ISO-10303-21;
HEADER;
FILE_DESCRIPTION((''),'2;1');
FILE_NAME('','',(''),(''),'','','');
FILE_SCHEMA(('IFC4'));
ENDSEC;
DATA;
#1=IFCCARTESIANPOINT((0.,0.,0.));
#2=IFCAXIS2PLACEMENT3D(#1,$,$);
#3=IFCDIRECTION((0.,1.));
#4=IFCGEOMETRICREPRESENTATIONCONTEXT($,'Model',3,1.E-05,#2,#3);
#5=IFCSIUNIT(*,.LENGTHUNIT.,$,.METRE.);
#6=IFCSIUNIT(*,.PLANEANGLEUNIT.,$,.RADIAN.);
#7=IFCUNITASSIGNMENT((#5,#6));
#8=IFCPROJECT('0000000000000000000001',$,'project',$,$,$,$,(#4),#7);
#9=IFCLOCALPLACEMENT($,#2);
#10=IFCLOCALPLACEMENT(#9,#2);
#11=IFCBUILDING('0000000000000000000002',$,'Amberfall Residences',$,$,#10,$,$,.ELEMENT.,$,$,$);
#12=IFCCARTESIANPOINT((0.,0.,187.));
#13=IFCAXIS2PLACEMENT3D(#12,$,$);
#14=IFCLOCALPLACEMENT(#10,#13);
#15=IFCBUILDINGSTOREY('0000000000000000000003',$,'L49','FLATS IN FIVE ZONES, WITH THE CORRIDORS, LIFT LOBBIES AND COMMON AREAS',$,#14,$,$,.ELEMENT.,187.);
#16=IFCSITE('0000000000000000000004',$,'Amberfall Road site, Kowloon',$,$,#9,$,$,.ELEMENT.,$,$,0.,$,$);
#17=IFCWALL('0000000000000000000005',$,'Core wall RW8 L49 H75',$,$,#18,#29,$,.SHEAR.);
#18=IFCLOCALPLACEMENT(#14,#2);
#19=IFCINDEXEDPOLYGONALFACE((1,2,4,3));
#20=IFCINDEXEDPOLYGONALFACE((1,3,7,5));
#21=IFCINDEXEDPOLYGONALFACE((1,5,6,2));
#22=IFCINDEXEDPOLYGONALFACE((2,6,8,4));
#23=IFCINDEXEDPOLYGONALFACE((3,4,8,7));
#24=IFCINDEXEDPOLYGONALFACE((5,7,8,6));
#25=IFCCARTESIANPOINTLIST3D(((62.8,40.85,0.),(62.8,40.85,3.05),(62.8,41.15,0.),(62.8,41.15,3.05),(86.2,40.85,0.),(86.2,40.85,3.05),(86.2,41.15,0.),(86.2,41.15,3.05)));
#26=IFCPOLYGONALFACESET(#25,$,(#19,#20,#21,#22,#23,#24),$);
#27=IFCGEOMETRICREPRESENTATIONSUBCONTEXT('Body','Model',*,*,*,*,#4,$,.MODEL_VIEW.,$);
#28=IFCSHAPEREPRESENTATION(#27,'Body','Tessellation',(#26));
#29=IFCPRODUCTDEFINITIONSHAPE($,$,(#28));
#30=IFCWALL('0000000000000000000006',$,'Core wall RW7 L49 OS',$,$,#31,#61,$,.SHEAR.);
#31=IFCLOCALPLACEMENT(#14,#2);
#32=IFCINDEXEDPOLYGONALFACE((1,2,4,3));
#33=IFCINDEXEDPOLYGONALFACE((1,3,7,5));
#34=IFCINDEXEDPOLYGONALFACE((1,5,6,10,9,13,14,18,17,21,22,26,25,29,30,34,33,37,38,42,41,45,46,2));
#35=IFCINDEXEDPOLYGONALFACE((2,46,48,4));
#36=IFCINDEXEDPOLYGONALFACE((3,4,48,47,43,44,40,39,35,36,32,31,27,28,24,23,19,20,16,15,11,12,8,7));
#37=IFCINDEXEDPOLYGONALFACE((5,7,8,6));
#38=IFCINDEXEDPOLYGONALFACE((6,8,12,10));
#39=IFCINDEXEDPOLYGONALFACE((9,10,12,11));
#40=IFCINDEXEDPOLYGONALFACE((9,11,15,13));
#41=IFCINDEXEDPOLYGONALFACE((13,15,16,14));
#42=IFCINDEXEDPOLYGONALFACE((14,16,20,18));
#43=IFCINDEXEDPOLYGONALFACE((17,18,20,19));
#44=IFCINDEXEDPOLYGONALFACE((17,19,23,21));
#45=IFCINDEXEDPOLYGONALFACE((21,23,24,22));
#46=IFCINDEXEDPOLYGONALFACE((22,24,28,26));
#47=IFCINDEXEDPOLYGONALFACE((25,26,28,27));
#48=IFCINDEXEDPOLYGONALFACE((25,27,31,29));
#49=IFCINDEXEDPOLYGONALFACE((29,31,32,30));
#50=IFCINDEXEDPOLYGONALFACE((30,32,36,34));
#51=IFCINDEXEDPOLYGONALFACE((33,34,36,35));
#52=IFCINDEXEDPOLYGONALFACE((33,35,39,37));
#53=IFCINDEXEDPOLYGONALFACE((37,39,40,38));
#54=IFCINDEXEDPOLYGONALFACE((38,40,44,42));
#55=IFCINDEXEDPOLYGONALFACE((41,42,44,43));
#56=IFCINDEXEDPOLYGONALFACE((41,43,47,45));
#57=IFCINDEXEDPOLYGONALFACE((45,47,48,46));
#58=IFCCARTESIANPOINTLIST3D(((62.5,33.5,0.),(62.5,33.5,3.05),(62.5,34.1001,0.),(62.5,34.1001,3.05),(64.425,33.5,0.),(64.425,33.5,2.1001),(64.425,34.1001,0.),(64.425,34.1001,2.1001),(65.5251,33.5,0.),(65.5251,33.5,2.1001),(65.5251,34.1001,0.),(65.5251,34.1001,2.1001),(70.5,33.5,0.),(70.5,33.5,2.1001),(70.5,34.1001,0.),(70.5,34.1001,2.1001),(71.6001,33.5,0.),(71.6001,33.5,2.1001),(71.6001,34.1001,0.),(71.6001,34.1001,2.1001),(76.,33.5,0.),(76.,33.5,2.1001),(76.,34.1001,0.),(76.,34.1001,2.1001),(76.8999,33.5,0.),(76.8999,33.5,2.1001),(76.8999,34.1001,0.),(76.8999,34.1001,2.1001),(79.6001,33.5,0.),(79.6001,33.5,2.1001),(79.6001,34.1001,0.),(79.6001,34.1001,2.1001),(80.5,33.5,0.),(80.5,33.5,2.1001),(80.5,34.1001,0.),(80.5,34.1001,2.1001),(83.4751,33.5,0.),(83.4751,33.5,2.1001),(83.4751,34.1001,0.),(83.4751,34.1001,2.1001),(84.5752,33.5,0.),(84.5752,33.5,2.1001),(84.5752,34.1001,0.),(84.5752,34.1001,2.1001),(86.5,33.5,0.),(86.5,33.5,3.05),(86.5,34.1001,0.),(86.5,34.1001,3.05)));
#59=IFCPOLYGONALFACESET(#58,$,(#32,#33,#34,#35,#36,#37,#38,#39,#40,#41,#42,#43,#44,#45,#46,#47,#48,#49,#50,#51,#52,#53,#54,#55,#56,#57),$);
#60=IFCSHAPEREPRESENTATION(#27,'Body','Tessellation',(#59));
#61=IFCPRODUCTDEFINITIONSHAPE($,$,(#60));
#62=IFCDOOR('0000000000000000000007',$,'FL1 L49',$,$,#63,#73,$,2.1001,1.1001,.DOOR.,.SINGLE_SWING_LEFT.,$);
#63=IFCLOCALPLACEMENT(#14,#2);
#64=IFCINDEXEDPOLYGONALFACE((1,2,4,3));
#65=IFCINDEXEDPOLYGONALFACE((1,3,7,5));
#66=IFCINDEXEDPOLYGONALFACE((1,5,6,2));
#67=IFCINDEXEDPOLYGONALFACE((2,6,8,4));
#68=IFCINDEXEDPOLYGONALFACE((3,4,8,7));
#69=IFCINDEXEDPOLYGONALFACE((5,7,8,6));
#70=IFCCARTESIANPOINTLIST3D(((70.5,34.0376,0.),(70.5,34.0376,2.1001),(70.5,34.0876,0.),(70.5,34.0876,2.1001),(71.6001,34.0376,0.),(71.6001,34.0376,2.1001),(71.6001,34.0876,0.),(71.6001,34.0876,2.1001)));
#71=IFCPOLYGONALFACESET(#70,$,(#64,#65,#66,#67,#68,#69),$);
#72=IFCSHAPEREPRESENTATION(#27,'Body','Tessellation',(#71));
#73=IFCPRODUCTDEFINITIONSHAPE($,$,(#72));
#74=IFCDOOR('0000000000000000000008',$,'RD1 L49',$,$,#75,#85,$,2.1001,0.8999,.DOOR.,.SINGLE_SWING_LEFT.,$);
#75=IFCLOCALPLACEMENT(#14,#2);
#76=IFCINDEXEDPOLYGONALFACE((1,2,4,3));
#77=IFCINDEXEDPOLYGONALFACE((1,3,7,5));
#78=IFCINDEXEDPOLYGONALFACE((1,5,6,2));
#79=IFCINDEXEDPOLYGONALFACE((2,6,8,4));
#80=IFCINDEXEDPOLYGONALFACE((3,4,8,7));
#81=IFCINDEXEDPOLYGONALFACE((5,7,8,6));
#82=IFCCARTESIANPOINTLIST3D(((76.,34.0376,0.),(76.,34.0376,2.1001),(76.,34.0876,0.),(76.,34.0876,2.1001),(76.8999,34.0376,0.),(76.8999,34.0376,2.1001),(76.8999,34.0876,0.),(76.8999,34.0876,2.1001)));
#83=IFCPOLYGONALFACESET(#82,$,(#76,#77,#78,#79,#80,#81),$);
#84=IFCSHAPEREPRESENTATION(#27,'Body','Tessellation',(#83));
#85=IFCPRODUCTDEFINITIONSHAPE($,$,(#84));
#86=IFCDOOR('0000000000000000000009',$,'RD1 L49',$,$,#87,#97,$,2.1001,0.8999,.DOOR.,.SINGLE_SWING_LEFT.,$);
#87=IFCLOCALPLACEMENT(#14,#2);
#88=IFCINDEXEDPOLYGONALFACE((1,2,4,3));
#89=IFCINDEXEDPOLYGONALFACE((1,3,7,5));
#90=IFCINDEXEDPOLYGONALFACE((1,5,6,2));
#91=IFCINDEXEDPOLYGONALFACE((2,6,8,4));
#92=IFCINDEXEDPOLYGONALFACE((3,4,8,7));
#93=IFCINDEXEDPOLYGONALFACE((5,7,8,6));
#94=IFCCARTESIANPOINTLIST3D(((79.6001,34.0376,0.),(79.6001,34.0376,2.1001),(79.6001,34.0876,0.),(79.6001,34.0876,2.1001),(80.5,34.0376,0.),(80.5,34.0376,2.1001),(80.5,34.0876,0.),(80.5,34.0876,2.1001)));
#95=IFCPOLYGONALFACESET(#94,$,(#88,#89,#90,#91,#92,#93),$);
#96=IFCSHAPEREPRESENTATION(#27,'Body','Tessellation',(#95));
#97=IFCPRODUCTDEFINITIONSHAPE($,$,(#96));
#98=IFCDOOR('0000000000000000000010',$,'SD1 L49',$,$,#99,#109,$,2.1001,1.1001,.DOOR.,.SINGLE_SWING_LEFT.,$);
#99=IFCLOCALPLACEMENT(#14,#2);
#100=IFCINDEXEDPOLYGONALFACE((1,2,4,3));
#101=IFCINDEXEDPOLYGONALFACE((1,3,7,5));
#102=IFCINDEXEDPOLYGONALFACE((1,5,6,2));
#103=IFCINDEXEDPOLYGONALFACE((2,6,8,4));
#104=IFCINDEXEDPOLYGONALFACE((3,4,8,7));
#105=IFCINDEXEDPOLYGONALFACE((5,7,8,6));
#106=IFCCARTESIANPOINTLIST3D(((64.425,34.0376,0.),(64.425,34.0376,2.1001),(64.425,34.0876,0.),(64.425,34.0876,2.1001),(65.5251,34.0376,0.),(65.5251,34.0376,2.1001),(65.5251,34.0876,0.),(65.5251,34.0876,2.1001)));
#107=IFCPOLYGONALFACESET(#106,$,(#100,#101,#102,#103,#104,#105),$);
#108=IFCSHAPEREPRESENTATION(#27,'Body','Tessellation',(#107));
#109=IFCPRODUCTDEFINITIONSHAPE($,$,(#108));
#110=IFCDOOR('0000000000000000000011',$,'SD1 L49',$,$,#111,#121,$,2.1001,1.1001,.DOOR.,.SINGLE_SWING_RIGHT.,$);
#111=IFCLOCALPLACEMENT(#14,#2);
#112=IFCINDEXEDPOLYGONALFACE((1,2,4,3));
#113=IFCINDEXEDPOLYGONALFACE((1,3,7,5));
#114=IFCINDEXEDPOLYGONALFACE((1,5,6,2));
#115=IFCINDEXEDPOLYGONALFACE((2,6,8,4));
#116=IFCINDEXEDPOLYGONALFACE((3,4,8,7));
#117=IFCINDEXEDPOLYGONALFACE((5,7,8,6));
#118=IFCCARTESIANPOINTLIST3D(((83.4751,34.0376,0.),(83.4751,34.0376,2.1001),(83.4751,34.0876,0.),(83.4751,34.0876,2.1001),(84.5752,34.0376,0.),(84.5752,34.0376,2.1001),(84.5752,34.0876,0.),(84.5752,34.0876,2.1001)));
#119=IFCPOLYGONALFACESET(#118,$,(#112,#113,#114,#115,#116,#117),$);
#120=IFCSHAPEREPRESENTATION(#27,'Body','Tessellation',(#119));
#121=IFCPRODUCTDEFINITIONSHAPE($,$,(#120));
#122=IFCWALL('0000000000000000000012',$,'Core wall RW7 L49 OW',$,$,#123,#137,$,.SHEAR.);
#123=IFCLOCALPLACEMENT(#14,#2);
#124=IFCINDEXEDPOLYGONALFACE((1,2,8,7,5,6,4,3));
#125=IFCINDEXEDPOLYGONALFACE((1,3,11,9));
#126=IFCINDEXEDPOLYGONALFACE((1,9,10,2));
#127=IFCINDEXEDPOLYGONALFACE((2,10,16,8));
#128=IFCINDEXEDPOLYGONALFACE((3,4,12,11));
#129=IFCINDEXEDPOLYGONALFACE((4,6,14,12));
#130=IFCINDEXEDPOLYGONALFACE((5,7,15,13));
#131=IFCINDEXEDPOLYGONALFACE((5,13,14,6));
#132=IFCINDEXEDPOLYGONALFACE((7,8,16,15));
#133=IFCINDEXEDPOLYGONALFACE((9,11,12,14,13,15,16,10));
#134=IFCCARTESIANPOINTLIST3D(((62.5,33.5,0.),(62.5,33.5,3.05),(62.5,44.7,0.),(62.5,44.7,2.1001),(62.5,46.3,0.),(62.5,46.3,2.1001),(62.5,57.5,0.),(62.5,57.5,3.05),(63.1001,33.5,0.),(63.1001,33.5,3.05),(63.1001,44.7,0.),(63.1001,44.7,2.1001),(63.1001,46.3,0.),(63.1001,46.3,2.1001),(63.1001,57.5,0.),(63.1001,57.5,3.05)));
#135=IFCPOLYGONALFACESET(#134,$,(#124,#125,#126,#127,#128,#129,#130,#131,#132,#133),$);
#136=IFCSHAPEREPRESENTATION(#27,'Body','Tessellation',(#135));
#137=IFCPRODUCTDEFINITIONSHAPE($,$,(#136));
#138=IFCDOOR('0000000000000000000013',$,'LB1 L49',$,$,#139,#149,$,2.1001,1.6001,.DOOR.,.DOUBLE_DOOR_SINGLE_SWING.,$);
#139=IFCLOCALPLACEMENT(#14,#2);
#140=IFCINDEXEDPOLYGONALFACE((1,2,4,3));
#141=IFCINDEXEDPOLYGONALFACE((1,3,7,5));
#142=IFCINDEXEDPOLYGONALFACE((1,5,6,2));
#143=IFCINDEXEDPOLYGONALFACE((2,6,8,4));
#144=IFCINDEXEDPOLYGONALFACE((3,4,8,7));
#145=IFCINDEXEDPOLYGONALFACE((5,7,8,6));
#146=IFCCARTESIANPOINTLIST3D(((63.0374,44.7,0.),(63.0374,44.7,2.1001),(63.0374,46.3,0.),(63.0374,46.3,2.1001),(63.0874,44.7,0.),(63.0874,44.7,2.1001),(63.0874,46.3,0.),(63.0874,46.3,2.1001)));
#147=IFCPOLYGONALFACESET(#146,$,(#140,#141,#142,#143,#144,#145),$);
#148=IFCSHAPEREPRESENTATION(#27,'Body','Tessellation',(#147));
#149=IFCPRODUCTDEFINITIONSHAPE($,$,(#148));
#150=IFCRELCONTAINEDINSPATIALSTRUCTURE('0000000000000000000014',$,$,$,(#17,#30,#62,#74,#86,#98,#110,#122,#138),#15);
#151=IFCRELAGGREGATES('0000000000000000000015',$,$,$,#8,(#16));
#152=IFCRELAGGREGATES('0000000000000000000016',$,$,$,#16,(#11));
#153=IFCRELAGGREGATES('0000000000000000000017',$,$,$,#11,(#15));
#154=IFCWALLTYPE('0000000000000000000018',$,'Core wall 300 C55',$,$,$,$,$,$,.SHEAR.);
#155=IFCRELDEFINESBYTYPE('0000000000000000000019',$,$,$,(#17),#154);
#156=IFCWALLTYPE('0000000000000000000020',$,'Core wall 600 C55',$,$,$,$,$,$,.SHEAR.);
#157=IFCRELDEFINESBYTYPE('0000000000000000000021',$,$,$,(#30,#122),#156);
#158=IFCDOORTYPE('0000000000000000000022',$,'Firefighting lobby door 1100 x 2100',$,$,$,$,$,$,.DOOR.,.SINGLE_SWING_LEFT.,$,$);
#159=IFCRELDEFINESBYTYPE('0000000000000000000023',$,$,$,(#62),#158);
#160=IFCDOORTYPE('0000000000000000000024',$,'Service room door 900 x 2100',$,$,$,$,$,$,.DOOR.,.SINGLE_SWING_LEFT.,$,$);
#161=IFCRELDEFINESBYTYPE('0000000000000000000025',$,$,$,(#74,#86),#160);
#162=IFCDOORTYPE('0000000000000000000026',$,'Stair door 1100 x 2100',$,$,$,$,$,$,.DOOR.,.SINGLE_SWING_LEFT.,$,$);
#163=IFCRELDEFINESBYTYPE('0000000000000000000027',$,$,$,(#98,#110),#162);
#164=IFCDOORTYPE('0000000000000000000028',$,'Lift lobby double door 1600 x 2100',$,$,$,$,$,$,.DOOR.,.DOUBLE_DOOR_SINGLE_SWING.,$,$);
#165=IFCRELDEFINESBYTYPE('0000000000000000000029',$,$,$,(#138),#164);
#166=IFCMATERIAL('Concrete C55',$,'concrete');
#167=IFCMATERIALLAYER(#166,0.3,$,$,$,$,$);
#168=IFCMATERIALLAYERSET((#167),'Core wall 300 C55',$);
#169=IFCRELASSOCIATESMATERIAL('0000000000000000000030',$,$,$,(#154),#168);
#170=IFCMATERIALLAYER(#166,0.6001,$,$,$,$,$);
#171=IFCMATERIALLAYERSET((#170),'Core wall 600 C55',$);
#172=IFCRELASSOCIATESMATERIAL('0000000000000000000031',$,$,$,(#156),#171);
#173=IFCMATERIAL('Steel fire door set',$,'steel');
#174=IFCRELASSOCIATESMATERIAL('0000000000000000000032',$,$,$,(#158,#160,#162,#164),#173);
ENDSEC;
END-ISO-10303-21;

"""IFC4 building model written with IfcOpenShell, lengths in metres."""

from ifc_helpers import new_model, si_unit, direction, frame, frame_2d, origin, place, context, subcontext, project, spatial, rectangle, extrude, material, layer, layer_set, type_object, element, fill, save


model = new_model("IFC4")

# Units and contexts
model_context = context("Model", 3, precision=1e-05, world=origin(), true_north=direction((0.0, 1.0)))
body_context = subcontext(model_context, "Body", "Model", "MODEL_VIEW")
ifc_project = project(units=[si_unit("LENGTHUNIT", "METRE"), si_unit("PLANEANGLEUNIT", "RADIAN")], contexts=[model_context])

# Site, building, storey
site_placement = place(None, origin())
site = spatial("IfcSite", under=ifc_project, at=site_placement, Name="Amberfall Road site, Kowloon", CompositionType="ELEMENT", RefElevation=0.0)
building_placement = place(site_placement, origin())
building = spatial("IfcBuilding", under=site, at=building_placement, Name="Amberfall Residences", CompositionType="ELEMENT")
storey_placement = place(building_placement, frame((0.0, 0.0, 187.0)))
storey = spatial("IfcBuildingStorey", under=building, at=storey_placement, Name="L49", Description="FLATS IN FIVE ZONES, WITH THE CORRIDORS, LIFT LOBBIES AND COMMON AREAS", CompositionType="ELEMENT", Elevation=187.0)

# Wall
ifc_material_1 = material(Name="Concrete C55", Category="concrete")
ifc_layer_1 = layer(ifc_material_1, 0.3)
ifc_layer_set_1 = layer_set([ifc_layer_1], Name="Core wall 300 C55")
wall_type_1 = type_object("IfcWallType", Name="Core wall 300 C55", PredefinedType="SHEAR", material=ifc_layer_set_1)
wall_1_placement = place(storey_placement, frame((62.8, 41.0, 0.0), z_axis=(0.0, 0.0, 1.0), x_axis=(1.0, 0.0, 0.0)))
element("IfcWall", 1, at=wall_1_placement, inside=storey, type_object=wall_type_1, Name="Core wall RW8 L49 H75", PredefinedType="SHEAR", context=body_context, shape_type="SweptSolid", body=[
    extrude(rectangle(XDim=23.3999, YDim=0.3, at=frame_2d((11.7, 0.0))), origin(), (0.0, 0.0, 1.0), 3.05),
])

# Wall, openings, doors
ifc_layer_2 = layer(ifc_material_1, 0.6001)
ifc_layer_set_2 = layer_set([ifc_layer_2], Name="Core wall 600 C55")
wall_type_2 = type_object("IfcWallType", Name="Core wall 600 C55", PredefinedType="SHEAR", material=ifc_layer_set_2)
wall_2_placement = place(storey_placement, frame((62.5, 33.8, 0.0), z_axis=(0.0, 0.0, 1.0), x_axis=(1.0, 0.0, 0.0)))
wall_2 = element("IfcWall", 2, at=wall_2_placement, inside=storey, type_object=wall_type_2, Name="Core wall RW7 L49 OS", PredefinedType="SHEAR", context=body_context, shape_type="SweptSolid", body=[
    extrude(rectangle(XDim=24.0, YDim=0.6001, at=frame_2d((12.0, 0.0))), origin(), (0.0, 0.0, 1.0), 3.05),
])
opening_1_placement = place(wall_2_placement, frame((1.925, 0.0, 0.0)))
opening_1 = element("IfcOpeningElement", 3, at=opening_1_placement, cuts=wall_2, PredefinedType="OPENING", context=body_context, shape_type="SweptSolid", body=[
    extrude(rectangle(XDim=1.1001, YDim=2.1001, at=frame_2d((0.55, 1.05))), frame((0.0, 0.3101, 0.0), z_axis=(0.0, -1.0, 0.0), x_axis=(1.0, 0.0, 0.0)), (0.0, 0.0, 1.0), 0.6201),
])
opening_2_placement = place(wall_2_placement, frame((20.9751, 0.0, 0.0)))
opening_2 = element("IfcOpeningElement", 4, at=opening_2_placement, cuts=wall_2, PredefinedType="OPENING", context=body_context, shape_type="SweptSolid", body=[
    extrude(rectangle(XDim=1.1001, YDim=2.1001, at=frame_2d((0.55, 1.05))), frame((0.0, 0.3101, 0.0), z_axis=(0.0, -1.0, 0.0), x_axis=(1.0, 0.0, 0.0)), (0.0, 0.0, 1.0), 0.6201),
])
opening_3_placement = place(wall_2_placement, frame((8.0, 0.0, 0.0)))
opening_3 = element("IfcOpeningElement", 5, at=opening_3_placement, cuts=wall_2, PredefinedType="OPENING", context=body_context, shape_type="SweptSolid", body=[
    extrude(rectangle(XDim=1.1001, YDim=2.1001, at=frame_2d((0.55, 1.05))), frame((0.0, 0.3101, 0.0), z_axis=(0.0, -1.0, 0.0), x_axis=(1.0, 0.0, 0.0)), (0.0, 0.0, 1.0), 0.6201),
])
opening_4_placement = place(wall_2_placement, frame((13.5, 0.0, 0.0)))
opening_4 = element("IfcOpeningElement", 6, at=opening_4_placement, cuts=wall_2, PredefinedType="OPENING", context=body_context, shape_type="SweptSolid", body=[
    extrude(rectangle(XDim=0.8999, YDim=2.1001, at=frame_2d((0.45, 1.05))), frame((0.0, 0.3101, 0.0), z_axis=(0.0, -1.0, 0.0), x_axis=(1.0, 0.0, 0.0)), (0.0, 0.0, 1.0), 0.6201),
])
opening_5_placement = place(wall_2_placement, frame((17.1001, 0.0, 0.0)))
opening_5 = element("IfcOpeningElement", 7, at=opening_5_placement, cuts=wall_2, PredefinedType="OPENING", context=body_context, shape_type="SweptSolid", body=[
    extrude(rectangle(XDim=0.8999, YDim=2.1001, at=frame_2d((0.45, 1.05))), frame((0.0, 0.3101, 0.0), z_axis=(0.0, -1.0, 0.0), x_axis=(1.0, 0.0, 0.0)), (0.0, 0.0, 1.0), 0.6201),
])
ifc_material_2 = material(Name="Steel fire door set", Category="steel")
door_type_1 = type_object("IfcDoorType", Name="Firefighting lobby door 1100 x 2100", OperationType="SINGLE_SWING_LEFT", PredefinedType="DOOR", material=ifc_material_2)
door_1_placement = place(opening_3_placement, origin())
door_1 = element("IfcDoor", 8, at=door_1_placement, inside=storey, type_object=door_type_1, Name="FL1 L49", OperationType="SINGLE_SWING_LEFT", OverallHeight=2.1001, OverallWidth=1.1001, PredefinedType="DOOR", context=body_context, shape_type="SweptSolid", body=[
    extrude(rectangle(XDim=1.1001, YDim=2.1001, at=frame_2d((0.55, 1.05))), frame((0.0, 0.2876, 0.0), z_axis=(0.0, -1.0, 0.0), x_axis=(1.0, 0.0, 0.0)), (0.0, 0.0, 1.0), 0.05),
])
fill(opening_3, door_1)
door_type_2 = type_object("IfcDoorType", Name="Service room door 900 x 2100", OperationType="SINGLE_SWING_LEFT", PredefinedType="DOOR", material=ifc_material_2)
door_2_placement = place(opening_4_placement, origin())
door_2 = element("IfcDoor", 9, at=door_2_placement, inside=storey, type_object=door_type_2, Name="RD1 L49", OperationType="SINGLE_SWING_LEFT", OverallHeight=2.1001, OverallWidth=0.8999, PredefinedType="DOOR", context=body_context, shape_type="SweptSolid", body=[
    extrude(rectangle(XDim=0.8999, YDim=2.1001, at=frame_2d((0.45, 1.05))), frame((0.0, 0.2876, 0.0), z_axis=(0.0, -1.0, 0.0), x_axis=(1.0, 0.0, 0.0)), (0.0, 0.0, 1.0), 0.05),
])
fill(opening_4, door_2)
door_3_placement = place(opening_5_placement, origin())
door_3 = element("IfcDoor", 10, at=door_3_placement, inside=storey, type_object=door_type_2, Name="RD1 L49", OperationType="SINGLE_SWING_LEFT", OverallHeight=2.1001, OverallWidth=0.8999, PredefinedType="DOOR", context=body_context, shape_type="SweptSolid", body=[
    extrude(rectangle(XDim=0.8999, YDim=2.1001, at=frame_2d((0.45, 1.05))), frame((0.0, 0.2876, 0.0), z_axis=(0.0, -1.0, 0.0), x_axis=(1.0, 0.0, 0.0)), (0.0, 0.0, 1.0), 0.05),
])
fill(opening_5, door_3)
door_type_3 = type_object("IfcDoorType", Name="Stair door 1100 x 2100", OperationType="SINGLE_SWING_LEFT", PredefinedType="DOOR", material=ifc_material_2)
door_4_placement = place(opening_1_placement, origin())
door_4 = element("IfcDoor", 11, at=door_4_placement, inside=storey, type_object=door_type_3, Name="SD1 L49", OperationType="SINGLE_SWING_LEFT", OverallHeight=2.1001, OverallWidth=1.1001, PredefinedType="DOOR", context=body_context, shape_type="SweptSolid", body=[
    extrude(rectangle(XDim=1.1001, YDim=2.1001, at=frame_2d((0.55, 1.05))), frame((0.0, 0.2876, 0.0), z_axis=(0.0, -1.0, 0.0), x_axis=(1.0, 0.0, 0.0)), (0.0, 0.0, 1.0), 0.05),
])
fill(opening_1, door_4)
door_5_placement = place(opening_2_placement, origin())
door_5 = element("IfcDoor", 12, at=door_5_placement, inside=storey, type_object=door_type_3, Name="SD1 L49", OperationType="SINGLE_SWING_RIGHT", OverallHeight=2.1001, OverallWidth=1.1001, PredefinedType="DOOR", context=body_context, shape_type="SweptSolid", body=[
    extrude(rectangle(XDim=1.1001, YDim=2.1001, at=frame_2d((0.55, 1.05))), frame((0.0, 0.2876, 0.0), z_axis=(0.0, -1.0, 0.0), x_axis=(1.0, 0.0, 0.0)), (0.0, 0.0, 1.0), 0.05),
])
fill(opening_2, door_5)

# Wall, opening, door
wall_3_placement = place(storey_placement, frame((62.8, 33.5, 0.0), z_axis=(0.0, 0.0, 1.0), x_axis=(0.0, 1.0, 0.0)))
wall_3 = element("IfcWall", 13, at=wall_3_placement, inside=storey, type_object=wall_type_2, Name="Core wall RW7 L49 OW", PredefinedType="SHEAR", context=body_context, shape_type="SweptSolid", body=[
    extrude(rectangle(XDim=24.0, YDim=0.6001, at=frame_2d((12.0, 0.0))), origin(), (0.0, 0.0, 1.0), 3.05),
])
opening_6_placement = place(wall_3_placement, frame((11.2, 0.0, 0.0)))
opening_6 = element("IfcOpeningElement", 14, at=opening_6_placement, cuts=wall_3, PredefinedType="OPENING", context=body_context, shape_type="SweptSolid", body=[
    extrude(rectangle(XDim=1.6001, YDim=2.1001, at=frame_2d((0.8, 1.05))), frame((0.0, 0.3101, 0.0), z_axis=(0.0, -1.0, 0.0), x_axis=(1.0, 0.0, 0.0)), (0.0, 0.0, 1.0), 0.6201),
])
door_type_4 = type_object("IfcDoorType", Name="Lift lobby double door 1600 x 2100", OperationType="DOUBLE_DOOR_SINGLE_SWING", PredefinedType="DOOR", material=ifc_material_2)
door_6_placement = place(opening_6_placement, origin())
door_6 = element("IfcDoor", 15, at=door_6_placement, inside=storey, type_object=door_type_4, Name="LB1 L49", OperationType="DOUBLE_DOOR_SINGLE_SWING", OverallHeight=2.1001, OverallWidth=1.6001, PredefinedType="DOOR", context=body_context, shape_type="SweptSolid", body=[
    extrude(rectangle(XDim=1.6001, YDim=2.1001, at=frame_2d((0.8, 1.05))), frame((0.0, -0.2373, 0.0), z_axis=(0.0, -1.0, 0.0), x_axis=(1.0, 0.0, 0.0)), (0.0, 0.0, 1.0), 0.05),
])
fill(opening_6, door_6)

save(model, "model.ifc")
